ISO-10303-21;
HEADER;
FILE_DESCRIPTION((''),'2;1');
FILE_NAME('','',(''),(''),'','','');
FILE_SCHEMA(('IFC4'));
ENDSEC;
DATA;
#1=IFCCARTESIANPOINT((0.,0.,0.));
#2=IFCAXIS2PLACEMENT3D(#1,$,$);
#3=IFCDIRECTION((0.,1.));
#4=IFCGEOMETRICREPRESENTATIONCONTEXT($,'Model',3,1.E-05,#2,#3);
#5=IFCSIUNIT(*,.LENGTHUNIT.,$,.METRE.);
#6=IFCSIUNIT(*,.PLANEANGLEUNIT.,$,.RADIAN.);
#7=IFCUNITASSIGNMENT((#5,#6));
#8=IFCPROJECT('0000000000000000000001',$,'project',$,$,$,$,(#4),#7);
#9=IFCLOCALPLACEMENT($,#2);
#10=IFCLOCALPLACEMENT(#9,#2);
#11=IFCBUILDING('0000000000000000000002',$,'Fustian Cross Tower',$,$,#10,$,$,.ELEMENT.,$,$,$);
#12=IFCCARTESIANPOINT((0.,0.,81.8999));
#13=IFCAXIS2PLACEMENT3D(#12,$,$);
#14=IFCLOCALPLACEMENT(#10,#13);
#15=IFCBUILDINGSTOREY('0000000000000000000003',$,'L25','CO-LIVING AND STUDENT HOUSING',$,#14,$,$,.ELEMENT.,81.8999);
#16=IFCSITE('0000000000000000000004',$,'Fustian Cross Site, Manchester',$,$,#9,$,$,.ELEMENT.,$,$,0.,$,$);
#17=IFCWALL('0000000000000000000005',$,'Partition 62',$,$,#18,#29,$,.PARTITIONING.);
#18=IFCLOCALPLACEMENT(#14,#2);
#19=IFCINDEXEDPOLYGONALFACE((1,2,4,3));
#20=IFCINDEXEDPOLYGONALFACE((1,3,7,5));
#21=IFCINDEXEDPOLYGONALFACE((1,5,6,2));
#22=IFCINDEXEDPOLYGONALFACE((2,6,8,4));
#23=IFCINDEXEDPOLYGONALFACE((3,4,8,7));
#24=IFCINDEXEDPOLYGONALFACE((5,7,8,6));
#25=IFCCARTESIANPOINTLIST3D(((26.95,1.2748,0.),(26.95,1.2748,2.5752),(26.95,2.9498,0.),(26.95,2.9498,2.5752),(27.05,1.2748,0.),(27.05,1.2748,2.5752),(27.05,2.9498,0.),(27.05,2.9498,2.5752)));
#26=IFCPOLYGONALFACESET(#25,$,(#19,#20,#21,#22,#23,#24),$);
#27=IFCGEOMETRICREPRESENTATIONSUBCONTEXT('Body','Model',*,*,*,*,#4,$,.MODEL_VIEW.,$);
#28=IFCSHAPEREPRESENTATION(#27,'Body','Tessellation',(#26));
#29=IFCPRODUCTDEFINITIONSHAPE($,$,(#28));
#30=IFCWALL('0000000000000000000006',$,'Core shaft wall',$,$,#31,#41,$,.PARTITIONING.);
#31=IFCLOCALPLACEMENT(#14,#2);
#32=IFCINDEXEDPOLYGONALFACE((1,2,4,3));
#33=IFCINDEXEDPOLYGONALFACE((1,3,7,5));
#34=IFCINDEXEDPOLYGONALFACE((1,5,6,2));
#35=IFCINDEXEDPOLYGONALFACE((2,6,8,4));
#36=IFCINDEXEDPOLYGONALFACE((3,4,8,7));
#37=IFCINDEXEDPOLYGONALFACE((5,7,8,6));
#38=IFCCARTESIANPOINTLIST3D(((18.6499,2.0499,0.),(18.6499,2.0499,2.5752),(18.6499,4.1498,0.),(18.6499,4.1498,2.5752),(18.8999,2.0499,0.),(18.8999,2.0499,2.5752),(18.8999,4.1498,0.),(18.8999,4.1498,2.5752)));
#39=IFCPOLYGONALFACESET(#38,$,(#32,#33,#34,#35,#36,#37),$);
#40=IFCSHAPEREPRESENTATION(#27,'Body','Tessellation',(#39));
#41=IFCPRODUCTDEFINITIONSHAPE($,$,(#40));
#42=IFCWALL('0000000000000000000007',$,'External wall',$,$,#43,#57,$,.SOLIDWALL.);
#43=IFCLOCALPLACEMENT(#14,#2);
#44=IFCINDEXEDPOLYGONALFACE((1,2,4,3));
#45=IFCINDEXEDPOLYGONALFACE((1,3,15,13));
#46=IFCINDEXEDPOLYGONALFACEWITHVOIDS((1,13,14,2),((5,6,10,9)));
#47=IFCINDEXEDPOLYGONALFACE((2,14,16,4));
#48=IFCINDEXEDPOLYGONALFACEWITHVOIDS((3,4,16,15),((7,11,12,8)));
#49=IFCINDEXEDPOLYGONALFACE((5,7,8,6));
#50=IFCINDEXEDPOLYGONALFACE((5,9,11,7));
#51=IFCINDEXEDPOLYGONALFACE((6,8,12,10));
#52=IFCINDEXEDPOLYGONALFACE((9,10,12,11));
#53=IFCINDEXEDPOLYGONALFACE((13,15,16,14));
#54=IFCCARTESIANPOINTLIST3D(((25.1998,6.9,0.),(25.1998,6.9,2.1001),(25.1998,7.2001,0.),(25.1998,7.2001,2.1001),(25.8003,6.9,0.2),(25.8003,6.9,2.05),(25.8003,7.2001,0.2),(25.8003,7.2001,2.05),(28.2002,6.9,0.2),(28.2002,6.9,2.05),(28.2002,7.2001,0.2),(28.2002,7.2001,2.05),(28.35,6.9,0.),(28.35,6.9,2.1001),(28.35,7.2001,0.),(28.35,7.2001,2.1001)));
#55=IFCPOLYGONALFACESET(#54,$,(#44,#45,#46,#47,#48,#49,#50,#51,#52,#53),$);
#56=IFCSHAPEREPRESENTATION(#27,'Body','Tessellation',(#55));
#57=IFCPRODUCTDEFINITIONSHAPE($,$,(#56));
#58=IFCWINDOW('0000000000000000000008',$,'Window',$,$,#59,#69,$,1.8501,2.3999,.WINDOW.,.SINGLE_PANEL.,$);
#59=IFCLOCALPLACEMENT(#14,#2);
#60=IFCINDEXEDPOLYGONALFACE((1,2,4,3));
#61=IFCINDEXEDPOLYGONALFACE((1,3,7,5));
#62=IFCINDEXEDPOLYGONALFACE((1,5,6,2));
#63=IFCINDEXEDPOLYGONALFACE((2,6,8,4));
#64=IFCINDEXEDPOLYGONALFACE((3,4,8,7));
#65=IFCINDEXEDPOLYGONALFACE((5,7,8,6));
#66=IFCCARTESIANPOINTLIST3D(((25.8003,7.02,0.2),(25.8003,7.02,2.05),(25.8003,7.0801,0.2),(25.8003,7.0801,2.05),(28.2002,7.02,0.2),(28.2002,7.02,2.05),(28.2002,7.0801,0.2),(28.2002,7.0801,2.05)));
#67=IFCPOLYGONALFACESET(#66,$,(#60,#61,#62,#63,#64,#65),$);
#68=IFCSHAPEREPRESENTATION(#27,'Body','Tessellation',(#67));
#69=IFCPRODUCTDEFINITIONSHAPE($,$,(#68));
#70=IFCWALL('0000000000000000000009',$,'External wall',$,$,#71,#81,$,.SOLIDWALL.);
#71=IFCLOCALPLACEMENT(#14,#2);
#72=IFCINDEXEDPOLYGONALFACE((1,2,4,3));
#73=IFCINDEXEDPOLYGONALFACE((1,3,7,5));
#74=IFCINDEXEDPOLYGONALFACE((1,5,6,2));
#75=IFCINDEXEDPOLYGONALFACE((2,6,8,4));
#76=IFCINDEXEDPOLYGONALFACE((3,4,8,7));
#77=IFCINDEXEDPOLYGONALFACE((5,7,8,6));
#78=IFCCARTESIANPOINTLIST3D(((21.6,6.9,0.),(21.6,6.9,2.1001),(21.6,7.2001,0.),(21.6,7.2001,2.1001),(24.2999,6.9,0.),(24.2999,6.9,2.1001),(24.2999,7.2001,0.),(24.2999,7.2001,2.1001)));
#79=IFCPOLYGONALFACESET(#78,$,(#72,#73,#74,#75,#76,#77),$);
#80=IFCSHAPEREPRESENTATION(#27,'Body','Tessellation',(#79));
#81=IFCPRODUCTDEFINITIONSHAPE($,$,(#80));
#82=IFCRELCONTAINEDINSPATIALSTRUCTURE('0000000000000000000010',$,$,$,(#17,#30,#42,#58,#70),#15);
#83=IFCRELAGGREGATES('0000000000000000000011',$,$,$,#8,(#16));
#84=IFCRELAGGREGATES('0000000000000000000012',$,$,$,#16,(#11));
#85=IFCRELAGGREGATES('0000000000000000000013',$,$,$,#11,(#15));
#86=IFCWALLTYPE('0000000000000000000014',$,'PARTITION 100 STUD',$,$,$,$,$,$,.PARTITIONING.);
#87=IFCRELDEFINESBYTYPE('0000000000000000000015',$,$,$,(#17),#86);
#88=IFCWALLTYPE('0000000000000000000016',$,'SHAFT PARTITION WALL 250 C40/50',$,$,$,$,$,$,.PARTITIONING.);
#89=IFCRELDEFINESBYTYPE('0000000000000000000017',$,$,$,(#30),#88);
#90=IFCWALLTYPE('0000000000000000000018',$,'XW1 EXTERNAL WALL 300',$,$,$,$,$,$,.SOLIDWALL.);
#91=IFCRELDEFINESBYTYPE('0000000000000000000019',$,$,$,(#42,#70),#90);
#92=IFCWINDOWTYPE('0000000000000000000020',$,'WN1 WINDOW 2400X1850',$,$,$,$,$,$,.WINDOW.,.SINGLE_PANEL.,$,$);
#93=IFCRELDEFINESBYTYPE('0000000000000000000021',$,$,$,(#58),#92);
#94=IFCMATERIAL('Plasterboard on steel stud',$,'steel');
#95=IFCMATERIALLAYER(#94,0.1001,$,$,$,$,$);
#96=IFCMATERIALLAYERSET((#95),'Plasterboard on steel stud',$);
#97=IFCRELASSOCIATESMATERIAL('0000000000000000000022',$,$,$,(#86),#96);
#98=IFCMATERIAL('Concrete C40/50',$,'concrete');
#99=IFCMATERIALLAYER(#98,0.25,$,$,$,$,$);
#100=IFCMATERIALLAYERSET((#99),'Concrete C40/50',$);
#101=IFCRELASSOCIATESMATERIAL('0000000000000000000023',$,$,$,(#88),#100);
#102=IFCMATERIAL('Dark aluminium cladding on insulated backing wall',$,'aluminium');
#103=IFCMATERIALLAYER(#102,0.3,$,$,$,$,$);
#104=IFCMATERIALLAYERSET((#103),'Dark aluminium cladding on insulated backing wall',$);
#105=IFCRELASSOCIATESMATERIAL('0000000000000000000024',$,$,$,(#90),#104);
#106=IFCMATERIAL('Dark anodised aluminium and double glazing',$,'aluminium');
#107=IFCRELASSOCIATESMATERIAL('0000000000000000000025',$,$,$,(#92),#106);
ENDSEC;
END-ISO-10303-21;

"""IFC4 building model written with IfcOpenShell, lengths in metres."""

from ifc_helpers import new_model, si_unit, direction, frame, frame_2d, origin, place, context, subcontext, project, spatial, rectangle, extrude, material, layer, layer_set, type_object, element, fill, save


model = new_model("IFC4")

# Units and contexts
model_context = context("Model", 3, precision=1e-05, world=origin(), true_north=direction((0.0, 1.0)))
body_context = subcontext(model_context, "Body", "Model", "MODEL_VIEW")
ifc_project = project(units=[si_unit("LENGTHUNIT", "METRE"), si_unit("PLANEANGLEUNIT", "RADIAN")], contexts=[model_context])

# Site, building, storey
site_placement = place(None, origin())
site = spatial("IfcSite", under=ifc_project, at=site_placement, Name="Fustian Cross Site, Manchester", CompositionType="ELEMENT", RefElevation=0.0)
building_placement = place(site_placement, origin())
building = spatial("IfcBuilding", under=site, at=building_placement, Name="Fustian Cross Tower", CompositionType="ELEMENT")
storey_placement = place(building_placement, frame((0.0, 0.0, 81.8999)))
storey = spatial("IfcBuildingStorey", under=building, at=storey_placement, Name="L25", Description="CO-LIVING AND STUDENT HOUSING", CompositionType="ELEMENT", Elevation=81.8999)

# Shared definitions
ifc_material_1 = material(Name="Plasterboard on steel stud", Category="steel")
ifc_layer_1 = layer(ifc_material_1, 0.1001)
ifc_layer_set_1 = layer_set([ifc_layer_1], Name="Plasterboard on steel stud")
wall_type_1 = type_object("IfcWallType", Name="PARTITION 100 STUD", PredefinedType="PARTITIONING", material=ifc_layer_set_1)

# Walls
wall_1_placement = place(storey_placement, frame((27.0, 1.2749, 0.0), z_axis=(0.0, 0.0, 1.0), x_axis=(0.0, 1.0, 0.0)))
element("IfcWall", 1, at=wall_1_placement, inside=storey, type_object=wall_type_1, Name="Partition 62", PredefinedType="PARTITIONING", context=body_context, shape_type="SweptSolid", body=[
    extrude(rectangle(XDim=1.675, YDim=0.1001, at=frame_2d((0.8374, 0.0))), origin(), (0.0, 0.0, 1.0), 2.5752),
])
ifc_material_2 = material(Name="Concrete C40/50", Category="concrete")
ifc_layer_2 = layer(ifc_material_2, 0.25)
ifc_layer_set_2 = layer_set([ifc_layer_2], Name="Concrete C40/50")
wall_type_2 = type_object("IfcWallType", Name="SHAFT PARTITION WALL 250 C40/50", PredefinedType="PARTITIONING", material=ifc_layer_set_2)
wall_2_placement = place(storey_placement, frame((18.7749, 2.05, 0.0), z_axis=(0.0, 0.0, 1.0), x_axis=(0.0, 1.0, 0.0)))
element("IfcWall", 2, at=wall_2_placement, inside=storey, type_object=wall_type_2, Name="Core shaft wall", PredefinedType="PARTITIONING", context=body_context, shape_type="SweptSolid", body=[
    extrude(rectangle(XDim=2.0999, YDim=0.25, at=frame_2d((1.0498, 0.0))), origin(), (0.0, 0.0, 1.0), 2.5752),
])

# Wall, opening, window
ifc_material_3 = material(Name="Dark aluminium cladding on insulated backing wall", Category="aluminium")
ifc_layer_3 = layer(ifc_material_3, 0.3)
ifc_layer_set_3 = layer_set([ifc_layer_3], Name="Dark aluminium cladding on insulated backing wall")
wall_type_3 = type_object("IfcWallType", Name="XW1 EXTERNAL WALL 300", PredefinedType="SOLIDWALL", material=ifc_layer_set_3)
wall_3_placement = place(storey_placement, frame((28.3501, 7.05, 0.0), z_axis=(0.0, 0.0, 1.0), x_axis=(-1.0, 0.0, 0.0)))
wall_3 = element("IfcWall", 3, at=wall_3_placement, inside=storey, type_object=wall_type_3, Name="External wall", PredefinedType="SOLIDWALL", context=body_context, shape_type="SweptSolid", body=[
    extrude(rectangle(XDim=3.1501, YDim=0.3, at=frame_2d((1.5752, 0.0))), origin(), (0.0, 0.0, 1.0), 2.1001),
])
opening_1_placement = place(wall_3_placement, frame((0.1499, 0.0, 0.2)))
opening_1 = element("IfcOpeningElement", 4, at=opening_1_placement, cuts=wall_3, PredefinedType="OPENING", context=body_context, shape_type="SweptSolid", body=[
    extrude(rectangle(XDim=2.3999, YDim=1.8501, at=frame_2d((1.2, 0.925))), frame((0.0, 0.1599, 0.0), z_axis=(0.0, -1.0, 0.0), x_axis=(1.0, 0.0, 0.0)), (0.0, 0.0, 1.0), 0.3201),
])
ifc_material_4 = material(Name="Dark anodised aluminium and double glazing", Category="aluminium")
window_type = type_object("IfcWindowType", Name="WN1 WINDOW 2400X1850", PartitioningType="SINGLE_PANEL", PredefinedType="WINDOW", material=ifc_material_4)
window_placement = place(opening_1_placement, origin())
window = element("IfcWindow", 5, at=window_placement, inside=storey, type_object=window_type, Name="Window", OverallHeight=1.8501, OverallWidth=2.3999, PartitioningType="SINGLE_PANEL", PredefinedType="WINDOW", context=body_context, shape_type="SweptSolid", body=[
    extrude(rectangle(XDim=2.3999, YDim=1.8501, at=frame_2d((1.2, 0.925))), frame((0.0, 0.03, 0.0), z_axis=(0.0, -1.0, 0.0), x_axis=(1.0, 0.0, 0.0)), (0.0, 0.0, 1.0), 0.0601),
])
fill(opening_1, window)

# Wall
wall_4_placement = place(storey_placement, frame((24.3, 7.05, 0.0), z_axis=(0.0, 0.0, 1.0), x_axis=(-1.0, 0.0, 0.0)))
element("IfcWall", 6, at=wall_4_placement, inside=storey, type_object=wall_type_3, Name="External wall", PredefinedType="SOLIDWALL", context=body_context, shape_type="SweptSolid", body=[
    extrude(rectangle(XDim=2.7, YDim=0.3, at=frame_2d((1.3501, 0.0))), origin(), (0.0, 0.0, 1.0), 2.1001),
])

save(model, "model.ifc")
